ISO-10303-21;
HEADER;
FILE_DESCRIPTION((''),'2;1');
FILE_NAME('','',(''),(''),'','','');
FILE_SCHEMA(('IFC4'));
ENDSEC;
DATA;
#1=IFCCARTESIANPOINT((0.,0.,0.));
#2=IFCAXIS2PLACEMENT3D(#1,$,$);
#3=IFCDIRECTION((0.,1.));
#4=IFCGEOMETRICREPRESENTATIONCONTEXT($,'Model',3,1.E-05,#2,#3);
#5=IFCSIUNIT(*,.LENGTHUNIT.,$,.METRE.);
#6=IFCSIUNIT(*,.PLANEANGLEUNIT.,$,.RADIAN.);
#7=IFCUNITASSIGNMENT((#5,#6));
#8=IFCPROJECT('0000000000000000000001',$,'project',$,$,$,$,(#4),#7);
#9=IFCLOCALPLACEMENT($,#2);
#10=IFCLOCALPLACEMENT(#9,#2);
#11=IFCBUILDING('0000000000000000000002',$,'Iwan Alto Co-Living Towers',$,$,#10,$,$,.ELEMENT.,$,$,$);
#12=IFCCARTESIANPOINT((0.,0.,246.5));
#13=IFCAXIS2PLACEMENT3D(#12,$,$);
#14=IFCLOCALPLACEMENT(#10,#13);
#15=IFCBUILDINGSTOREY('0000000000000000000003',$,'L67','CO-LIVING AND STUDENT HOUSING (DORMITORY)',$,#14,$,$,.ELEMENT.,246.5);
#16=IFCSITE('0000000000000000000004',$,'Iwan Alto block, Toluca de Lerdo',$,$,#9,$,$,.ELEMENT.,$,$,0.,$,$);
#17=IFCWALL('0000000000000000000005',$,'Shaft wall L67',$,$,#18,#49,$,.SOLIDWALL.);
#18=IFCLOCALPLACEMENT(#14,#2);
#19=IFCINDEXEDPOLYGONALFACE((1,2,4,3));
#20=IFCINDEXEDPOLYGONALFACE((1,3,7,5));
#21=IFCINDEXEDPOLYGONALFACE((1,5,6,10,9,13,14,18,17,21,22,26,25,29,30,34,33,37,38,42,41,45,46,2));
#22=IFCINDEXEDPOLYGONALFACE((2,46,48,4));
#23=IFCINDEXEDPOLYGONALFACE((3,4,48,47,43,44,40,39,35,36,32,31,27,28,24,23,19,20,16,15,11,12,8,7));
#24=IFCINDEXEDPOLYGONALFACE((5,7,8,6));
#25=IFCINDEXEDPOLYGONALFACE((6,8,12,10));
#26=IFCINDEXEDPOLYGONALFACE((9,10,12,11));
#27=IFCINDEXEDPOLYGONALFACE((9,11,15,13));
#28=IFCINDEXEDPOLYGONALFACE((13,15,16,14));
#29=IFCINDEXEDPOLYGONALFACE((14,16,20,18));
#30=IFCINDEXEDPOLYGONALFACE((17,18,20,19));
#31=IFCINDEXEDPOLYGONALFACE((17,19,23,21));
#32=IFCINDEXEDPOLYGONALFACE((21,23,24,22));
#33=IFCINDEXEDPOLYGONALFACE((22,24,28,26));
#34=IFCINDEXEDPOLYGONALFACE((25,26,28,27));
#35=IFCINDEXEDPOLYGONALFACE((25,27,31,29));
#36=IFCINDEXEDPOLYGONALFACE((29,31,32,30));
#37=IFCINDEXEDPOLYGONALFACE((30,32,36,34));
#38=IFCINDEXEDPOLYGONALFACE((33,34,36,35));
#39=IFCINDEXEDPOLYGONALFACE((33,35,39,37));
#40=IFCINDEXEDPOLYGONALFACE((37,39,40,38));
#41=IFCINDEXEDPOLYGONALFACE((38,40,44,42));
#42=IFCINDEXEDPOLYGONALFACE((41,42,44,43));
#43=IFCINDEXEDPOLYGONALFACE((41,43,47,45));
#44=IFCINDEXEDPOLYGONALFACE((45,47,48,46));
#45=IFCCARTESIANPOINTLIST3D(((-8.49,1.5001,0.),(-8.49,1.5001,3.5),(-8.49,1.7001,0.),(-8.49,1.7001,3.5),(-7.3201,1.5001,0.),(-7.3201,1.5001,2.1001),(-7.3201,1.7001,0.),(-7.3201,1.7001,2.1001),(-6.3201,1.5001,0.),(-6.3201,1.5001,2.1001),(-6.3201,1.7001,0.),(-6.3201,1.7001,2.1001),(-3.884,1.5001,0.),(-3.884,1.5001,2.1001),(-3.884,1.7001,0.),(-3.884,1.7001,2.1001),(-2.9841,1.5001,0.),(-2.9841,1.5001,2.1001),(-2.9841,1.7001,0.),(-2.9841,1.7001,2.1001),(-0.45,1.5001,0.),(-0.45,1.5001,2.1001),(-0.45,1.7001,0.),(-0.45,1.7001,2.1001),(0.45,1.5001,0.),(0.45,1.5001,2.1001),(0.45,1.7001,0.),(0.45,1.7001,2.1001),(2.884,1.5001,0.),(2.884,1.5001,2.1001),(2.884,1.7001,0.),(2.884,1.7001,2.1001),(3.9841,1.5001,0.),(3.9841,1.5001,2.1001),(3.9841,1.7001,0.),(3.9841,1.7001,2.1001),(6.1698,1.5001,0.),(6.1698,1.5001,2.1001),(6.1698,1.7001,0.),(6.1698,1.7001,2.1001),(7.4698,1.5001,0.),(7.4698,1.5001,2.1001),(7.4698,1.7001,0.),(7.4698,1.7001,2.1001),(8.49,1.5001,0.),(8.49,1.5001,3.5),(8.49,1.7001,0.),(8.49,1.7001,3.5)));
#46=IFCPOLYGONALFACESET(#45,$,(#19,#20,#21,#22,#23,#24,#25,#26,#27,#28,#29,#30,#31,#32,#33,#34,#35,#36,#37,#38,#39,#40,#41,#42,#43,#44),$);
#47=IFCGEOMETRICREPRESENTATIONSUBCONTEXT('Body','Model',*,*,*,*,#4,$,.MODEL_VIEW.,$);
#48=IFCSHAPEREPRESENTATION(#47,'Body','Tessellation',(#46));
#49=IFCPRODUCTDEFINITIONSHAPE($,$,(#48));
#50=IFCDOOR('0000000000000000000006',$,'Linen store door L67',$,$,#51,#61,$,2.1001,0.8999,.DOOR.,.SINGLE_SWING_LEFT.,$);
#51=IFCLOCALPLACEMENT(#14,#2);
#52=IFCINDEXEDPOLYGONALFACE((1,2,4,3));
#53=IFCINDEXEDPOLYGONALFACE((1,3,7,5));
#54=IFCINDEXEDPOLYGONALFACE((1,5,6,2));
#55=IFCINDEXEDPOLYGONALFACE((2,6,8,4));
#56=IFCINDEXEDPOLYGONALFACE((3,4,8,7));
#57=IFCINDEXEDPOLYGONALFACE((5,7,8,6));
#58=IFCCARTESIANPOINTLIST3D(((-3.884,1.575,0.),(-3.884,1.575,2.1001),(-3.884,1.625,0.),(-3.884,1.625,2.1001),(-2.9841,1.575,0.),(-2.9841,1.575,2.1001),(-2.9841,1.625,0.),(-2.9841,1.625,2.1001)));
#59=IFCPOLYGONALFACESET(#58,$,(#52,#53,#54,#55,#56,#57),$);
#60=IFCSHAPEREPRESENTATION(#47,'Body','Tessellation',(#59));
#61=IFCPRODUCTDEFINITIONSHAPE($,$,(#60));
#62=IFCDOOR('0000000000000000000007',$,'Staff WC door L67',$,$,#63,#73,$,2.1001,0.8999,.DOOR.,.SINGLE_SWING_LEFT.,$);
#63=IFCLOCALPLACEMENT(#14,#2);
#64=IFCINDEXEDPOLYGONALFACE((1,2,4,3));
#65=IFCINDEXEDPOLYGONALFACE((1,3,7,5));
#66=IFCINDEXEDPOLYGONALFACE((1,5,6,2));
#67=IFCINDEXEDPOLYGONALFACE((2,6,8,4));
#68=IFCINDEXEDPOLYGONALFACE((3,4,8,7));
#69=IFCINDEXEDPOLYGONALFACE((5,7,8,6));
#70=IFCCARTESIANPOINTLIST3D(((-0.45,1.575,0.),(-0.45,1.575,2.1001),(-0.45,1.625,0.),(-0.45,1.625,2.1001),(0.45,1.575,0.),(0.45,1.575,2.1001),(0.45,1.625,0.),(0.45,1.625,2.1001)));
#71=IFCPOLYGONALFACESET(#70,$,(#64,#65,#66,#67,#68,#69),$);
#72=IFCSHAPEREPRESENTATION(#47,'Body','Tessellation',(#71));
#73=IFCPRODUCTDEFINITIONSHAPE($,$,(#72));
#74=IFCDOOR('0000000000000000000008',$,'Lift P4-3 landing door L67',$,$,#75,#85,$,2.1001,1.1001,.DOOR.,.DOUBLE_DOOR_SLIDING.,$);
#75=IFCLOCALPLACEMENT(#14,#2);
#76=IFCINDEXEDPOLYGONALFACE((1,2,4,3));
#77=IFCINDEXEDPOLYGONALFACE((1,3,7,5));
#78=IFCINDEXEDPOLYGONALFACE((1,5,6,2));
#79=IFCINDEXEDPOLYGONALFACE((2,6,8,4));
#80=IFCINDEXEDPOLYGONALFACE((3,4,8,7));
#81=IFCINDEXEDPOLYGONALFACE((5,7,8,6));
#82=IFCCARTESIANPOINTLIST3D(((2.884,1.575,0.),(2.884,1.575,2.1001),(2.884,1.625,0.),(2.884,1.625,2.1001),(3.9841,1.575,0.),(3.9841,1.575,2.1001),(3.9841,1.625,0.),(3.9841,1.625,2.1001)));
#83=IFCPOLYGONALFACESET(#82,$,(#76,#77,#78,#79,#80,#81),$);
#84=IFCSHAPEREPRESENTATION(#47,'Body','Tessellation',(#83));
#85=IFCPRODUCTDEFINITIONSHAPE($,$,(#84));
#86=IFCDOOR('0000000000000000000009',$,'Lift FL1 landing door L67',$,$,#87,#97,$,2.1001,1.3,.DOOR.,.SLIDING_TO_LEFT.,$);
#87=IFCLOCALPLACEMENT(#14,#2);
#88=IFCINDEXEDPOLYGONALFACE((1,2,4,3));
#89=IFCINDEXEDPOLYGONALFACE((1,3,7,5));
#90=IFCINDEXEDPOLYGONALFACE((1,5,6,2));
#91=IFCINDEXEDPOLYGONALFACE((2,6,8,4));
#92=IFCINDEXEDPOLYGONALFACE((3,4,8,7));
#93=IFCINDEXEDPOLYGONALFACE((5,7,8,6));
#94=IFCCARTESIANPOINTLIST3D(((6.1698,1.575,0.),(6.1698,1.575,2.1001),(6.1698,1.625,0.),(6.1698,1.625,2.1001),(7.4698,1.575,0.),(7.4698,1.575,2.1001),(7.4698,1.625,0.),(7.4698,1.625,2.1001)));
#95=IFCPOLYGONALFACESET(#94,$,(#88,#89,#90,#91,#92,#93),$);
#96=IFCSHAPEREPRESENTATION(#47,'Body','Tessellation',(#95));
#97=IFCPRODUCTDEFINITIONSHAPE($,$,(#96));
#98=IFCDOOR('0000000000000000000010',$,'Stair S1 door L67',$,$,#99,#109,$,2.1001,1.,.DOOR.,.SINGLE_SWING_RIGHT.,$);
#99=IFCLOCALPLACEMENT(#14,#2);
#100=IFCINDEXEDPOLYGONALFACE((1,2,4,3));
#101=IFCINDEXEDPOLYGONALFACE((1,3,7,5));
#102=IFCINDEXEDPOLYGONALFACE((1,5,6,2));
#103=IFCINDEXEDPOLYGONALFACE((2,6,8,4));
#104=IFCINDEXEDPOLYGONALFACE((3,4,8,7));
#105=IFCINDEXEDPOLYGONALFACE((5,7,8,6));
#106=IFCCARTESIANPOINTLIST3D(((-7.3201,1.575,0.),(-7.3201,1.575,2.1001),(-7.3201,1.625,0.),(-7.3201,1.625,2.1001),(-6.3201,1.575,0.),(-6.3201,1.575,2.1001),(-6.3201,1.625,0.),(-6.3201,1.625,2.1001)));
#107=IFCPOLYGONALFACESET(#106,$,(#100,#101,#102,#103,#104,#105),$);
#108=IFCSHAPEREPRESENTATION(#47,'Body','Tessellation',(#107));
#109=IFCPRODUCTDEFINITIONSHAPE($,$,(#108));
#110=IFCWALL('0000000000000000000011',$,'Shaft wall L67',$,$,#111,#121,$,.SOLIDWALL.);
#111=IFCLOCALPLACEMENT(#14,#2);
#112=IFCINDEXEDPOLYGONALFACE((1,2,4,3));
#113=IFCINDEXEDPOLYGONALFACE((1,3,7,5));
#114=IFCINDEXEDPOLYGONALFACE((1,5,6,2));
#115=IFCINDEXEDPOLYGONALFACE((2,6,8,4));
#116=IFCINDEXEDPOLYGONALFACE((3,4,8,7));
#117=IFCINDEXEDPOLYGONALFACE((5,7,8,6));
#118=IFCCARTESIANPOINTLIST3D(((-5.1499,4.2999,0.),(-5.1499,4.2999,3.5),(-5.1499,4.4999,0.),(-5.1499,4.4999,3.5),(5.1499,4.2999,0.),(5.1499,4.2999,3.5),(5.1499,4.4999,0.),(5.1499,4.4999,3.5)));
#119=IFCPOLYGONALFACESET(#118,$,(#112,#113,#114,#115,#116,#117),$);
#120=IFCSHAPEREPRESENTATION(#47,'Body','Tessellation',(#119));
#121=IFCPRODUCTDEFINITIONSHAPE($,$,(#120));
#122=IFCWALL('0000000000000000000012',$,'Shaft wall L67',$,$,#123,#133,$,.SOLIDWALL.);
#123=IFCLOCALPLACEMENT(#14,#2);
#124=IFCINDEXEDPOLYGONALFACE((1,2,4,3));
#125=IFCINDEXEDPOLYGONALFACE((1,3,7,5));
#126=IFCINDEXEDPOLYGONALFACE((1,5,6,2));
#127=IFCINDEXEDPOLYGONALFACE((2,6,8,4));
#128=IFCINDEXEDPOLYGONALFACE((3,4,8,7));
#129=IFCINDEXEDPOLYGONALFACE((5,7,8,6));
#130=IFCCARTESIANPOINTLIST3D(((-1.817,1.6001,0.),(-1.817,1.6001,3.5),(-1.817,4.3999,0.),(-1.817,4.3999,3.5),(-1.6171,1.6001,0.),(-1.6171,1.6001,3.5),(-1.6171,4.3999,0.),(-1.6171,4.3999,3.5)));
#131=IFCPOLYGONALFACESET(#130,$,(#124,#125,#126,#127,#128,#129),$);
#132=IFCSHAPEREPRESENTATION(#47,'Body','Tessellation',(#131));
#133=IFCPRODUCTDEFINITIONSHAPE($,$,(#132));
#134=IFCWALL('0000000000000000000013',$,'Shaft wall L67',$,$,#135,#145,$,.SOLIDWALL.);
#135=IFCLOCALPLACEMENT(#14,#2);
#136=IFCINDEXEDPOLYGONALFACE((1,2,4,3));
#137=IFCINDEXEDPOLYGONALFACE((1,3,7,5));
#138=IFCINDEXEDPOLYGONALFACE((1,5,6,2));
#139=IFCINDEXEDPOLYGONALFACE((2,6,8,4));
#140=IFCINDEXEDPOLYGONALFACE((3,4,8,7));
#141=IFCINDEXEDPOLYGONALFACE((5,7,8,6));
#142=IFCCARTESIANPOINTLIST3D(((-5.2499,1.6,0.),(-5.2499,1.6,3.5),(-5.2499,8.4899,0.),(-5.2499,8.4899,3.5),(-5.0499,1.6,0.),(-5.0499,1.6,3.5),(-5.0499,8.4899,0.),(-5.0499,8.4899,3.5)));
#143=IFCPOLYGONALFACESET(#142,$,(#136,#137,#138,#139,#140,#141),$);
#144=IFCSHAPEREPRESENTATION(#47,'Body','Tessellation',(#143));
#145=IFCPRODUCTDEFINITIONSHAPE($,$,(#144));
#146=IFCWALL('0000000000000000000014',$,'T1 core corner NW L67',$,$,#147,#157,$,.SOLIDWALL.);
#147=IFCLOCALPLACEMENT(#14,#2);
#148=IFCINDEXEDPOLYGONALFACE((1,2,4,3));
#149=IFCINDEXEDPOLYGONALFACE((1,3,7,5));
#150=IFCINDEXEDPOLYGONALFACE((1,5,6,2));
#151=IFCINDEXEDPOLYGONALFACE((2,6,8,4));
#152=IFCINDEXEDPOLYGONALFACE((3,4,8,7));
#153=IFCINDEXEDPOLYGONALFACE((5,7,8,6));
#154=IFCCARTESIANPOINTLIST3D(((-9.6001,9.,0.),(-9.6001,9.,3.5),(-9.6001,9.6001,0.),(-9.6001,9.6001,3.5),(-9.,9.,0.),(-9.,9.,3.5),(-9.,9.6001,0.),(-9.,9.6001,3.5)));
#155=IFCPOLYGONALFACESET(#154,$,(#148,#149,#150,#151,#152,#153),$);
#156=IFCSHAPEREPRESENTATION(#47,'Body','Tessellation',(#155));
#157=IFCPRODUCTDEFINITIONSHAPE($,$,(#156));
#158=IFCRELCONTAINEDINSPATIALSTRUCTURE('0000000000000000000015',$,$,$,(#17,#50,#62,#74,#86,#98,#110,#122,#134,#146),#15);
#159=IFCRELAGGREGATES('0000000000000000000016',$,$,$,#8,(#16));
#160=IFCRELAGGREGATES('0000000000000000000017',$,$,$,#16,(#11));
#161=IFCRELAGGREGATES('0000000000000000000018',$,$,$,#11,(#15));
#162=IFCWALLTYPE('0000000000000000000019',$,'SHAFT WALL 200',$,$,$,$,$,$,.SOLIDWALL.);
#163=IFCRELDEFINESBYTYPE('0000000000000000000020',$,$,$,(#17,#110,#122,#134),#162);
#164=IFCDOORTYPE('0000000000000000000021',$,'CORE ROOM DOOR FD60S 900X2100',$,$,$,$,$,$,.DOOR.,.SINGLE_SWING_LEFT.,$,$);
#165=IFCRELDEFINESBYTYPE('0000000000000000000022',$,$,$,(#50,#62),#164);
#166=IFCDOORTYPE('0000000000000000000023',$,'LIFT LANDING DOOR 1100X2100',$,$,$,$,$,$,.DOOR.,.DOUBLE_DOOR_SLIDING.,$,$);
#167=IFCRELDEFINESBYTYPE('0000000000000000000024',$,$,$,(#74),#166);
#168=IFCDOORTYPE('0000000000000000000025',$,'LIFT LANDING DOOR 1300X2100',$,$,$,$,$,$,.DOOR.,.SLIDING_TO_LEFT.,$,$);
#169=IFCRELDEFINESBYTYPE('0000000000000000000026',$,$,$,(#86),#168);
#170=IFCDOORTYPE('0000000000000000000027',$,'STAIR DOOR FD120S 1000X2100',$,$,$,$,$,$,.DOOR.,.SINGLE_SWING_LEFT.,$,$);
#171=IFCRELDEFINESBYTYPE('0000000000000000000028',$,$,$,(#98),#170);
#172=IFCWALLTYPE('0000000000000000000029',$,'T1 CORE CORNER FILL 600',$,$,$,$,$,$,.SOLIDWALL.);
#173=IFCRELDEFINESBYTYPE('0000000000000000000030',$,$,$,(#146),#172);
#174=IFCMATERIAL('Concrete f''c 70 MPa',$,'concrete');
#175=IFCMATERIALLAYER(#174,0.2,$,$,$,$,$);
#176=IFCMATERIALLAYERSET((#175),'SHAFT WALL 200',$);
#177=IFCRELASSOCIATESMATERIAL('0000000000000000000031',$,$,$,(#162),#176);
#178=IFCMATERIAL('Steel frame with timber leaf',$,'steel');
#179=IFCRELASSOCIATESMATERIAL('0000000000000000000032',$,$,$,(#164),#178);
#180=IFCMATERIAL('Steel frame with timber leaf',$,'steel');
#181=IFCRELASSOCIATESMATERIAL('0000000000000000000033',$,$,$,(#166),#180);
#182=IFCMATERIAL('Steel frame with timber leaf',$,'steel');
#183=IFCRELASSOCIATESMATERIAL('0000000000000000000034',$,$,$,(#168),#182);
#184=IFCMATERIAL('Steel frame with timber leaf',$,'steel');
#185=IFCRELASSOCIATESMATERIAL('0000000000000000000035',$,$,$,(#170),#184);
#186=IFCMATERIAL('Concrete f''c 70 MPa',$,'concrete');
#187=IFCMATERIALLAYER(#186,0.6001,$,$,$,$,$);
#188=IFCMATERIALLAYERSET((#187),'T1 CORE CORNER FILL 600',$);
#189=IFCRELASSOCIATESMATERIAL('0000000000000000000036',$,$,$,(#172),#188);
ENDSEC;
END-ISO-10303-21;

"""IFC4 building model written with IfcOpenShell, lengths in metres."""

from ifc_helpers import new_model, si_unit, direction, frame, frame_2d, origin, place, context, subcontext, project, spatial, rectangle, extrude, material, layer, layer_set, type_object, element, fill, save


model = new_model("IFC4")

# Units and contexts
model_context = context("Model", 3, precision=1e-05, world=origin(), true_north=direction((0.0, 1.0)))
body_context = subcontext(model_context, "Body", "Model", "MODEL_VIEW")
ifc_project = project(units=[si_unit("LENGTHUNIT", "METRE"), si_unit("PLANEANGLEUNIT", "RADIAN")], contexts=[model_context])

# Site, building, storey
site_placement = place(None, origin())
site = spatial("IfcSite", under=ifc_project, at=site_placement, Name="Iwan Alto block, Toluca de Lerdo", CompositionType="ELEMENT", RefElevation=0.0)
building_placement = place(site_placement, origin())
building = spatial("IfcBuilding", under=site, at=building_placement, Name="Iwan Alto Co-Living Towers", CompositionType="ELEMENT")
storey_placement = place(building_placement, frame((0.0, 0.0, 246.5)))
storey = spatial("IfcBuildingStorey", under=building, at=storey_placement, Name="L67", Description="CO-LIVING AND STUDENT HOUSING (DORMITORY)", CompositionType="ELEMENT", Elevation=246.5)

# Wall, openings, doors
ifc_material_1 = material(Name="Concrete f'c 70 MPa", Category="concrete")
ifc_layer_1 = layer(ifc_material_1, 0.2)
ifc_layer_set_1 = layer_set([ifc_layer_1], Name="SHAFT WALL 200")
wall_type_1 = type_object("IfcWallType", Name="SHAFT WALL 200", PredefinedType="SOLIDWALL", material=ifc_layer_set_1)
wall_1_placement = place(storey_placement, frame((-8.49, 1.6001, 0.0), z_axis=(0.0, 0.0, 1.0), x_axis=(1.0, 0.0, 0.0)))
wall_1 = element("IfcWall", 1, at=wall_1_placement, inside=storey, type_object=wall_type_1, Name="Shaft wall L67", PredefinedType="SOLIDWALL", context=body_context, shape_type="SweptSolid", body=[
    extrude(rectangle(XDim=16.98, YDim=0.2, at=frame_2d((8.49, 0.0))), origin(), (0.0, 0.0, 1.0), 3.5),
])
opening_1_placement = place(wall_1_placement, frame((1.1699, 0.0, 0.0)))
opening_1 = element("IfcOpeningElement", 2, at=opening_1_placement, cuts=wall_1, PredefinedType="OPENING", context=body_context, shape_type="SweptSolid", body=[
    extrude(rectangle(XDim=1.0, YDim=2.1001, at=frame_2d((0.5, 1.05))), frame((0.0, 0.1099, 0.0), z_axis=(0.0, -1.0, 0.0), x_axis=(1.0, 0.0, 0.0)), (0.0, 0.0, 1.0), 0.22),
])
opening_2_placement = place(wall_1_placement, frame((4.606, 0.0, 0.0)))
opening_2 = element("IfcOpeningElement", 3, at=opening_2_placement, cuts=wall_1, PredefinedType="OPENING", context=body_context, shape_type="SweptSolid", body=[
    extrude(rectangle(XDim=0.8999, YDim=2.1001, at=frame_2d((0.45, 1.05))), frame((0.0, 0.1099, 0.0), z_axis=(0.0, -1.0, 0.0), x_axis=(1.0, 0.0, 0.0)), (0.0, 0.0, 1.0), 0.22),
])
opening_3_placement = place(wall_1_placement, frame((8.04, 0.0, 0.0)))
opening_3 = element("IfcOpeningElement", 4, at=opening_3_placement, cuts=wall_1, PredefinedType="OPENING", context=body_context, shape_type="SweptSolid", body=[
    extrude(rectangle(XDim=0.8999, YDim=2.1001, at=frame_2d((0.45, 1.05))), frame((0.0, 0.1099, 0.0), z_axis=(0.0, -1.0, 0.0), x_axis=(1.0, 0.0, 0.0)), (0.0, 0.0, 1.0), 0.22),
])
opening_4_placement = place(wall_1_placement, frame((11.374, 0.0, 0.0)))
opening_4 = element("IfcOpeningElement", 5, at=opening_4_placement, cuts=wall_1, PredefinedType="OPENING", context=body_context, shape_type="SweptSolid", body=[
    extrude(rectangle(XDim=1.1001, YDim=2.1001, at=frame_2d((0.55, 1.05))), frame((0.0, 0.1099, 0.0), z_axis=(0.0, -1.0, 0.0), x_axis=(1.0, 0.0, 0.0)), (0.0, 0.0, 1.0), 0.22),
])
opening_5_placement = place(wall_1_placement, frame((14.6599, 0.0, 0.0)))
opening_5 = element("IfcOpeningElement", 6, at=opening_5_placement, cuts=wall_1, PredefinedType="OPENING", context=body_context, shape_type="SweptSolid", body=[
    extrude(rectangle(XDim=1.3, YDim=2.1001, at=frame_2d((0.6499, 1.05))), frame((0.0, 0.1099, 0.0), z_axis=(0.0, -1.0, 0.0), x_axis=(1.0, 0.0, 0.0)), (0.0, 0.0, 1.0), 0.22),
])
ifc_material_2 = material(Name="Steel frame with timber leaf", Category="steel")
door_type_1 = type_object("IfcDoorType", Name="CORE ROOM DOOR FD60S 900X2100", OperationType="SINGLE_SWING_LEFT", PredefinedType="DOOR", material=ifc_material_2)
door_1_placement = place(opening_2_placement, origin())
door_1 = element("IfcDoor", 7, at=door_1_placement, inside=storey, type_object=door_type_1, Name="Linen store door L67", OperationType="SINGLE_SWING_LEFT", OverallHeight=2.1001, OverallWidth=0.8999, PredefinedType="DOOR", context=body_context, shape_type="SweptSolid", body=[
    extrude(rectangle(XDim=0.8999, YDim=2.1001, at=frame_2d((0.45, 1.05))), frame((0.0, 0.0249, 0.0), z_axis=(0.0, -1.0, 0.0), x_axis=(1.0, 0.0, 0.0)), (0.0, 0.0, 1.0), 0.05),
])
fill(opening_2, door_1)
door_2_placement = place(opening_3_placement, origin())
door_2 = element("IfcDoor", 8, at=door_2_placement, inside=storey, type_object=door_type_1, Name="Staff WC door L67", OperationType="SINGLE_SWING_LEFT", OverallHeight=2.1001, OverallWidth=0.8999, PredefinedType="DOOR", context=body_context, shape_type="SweptSolid", body=[
    extrude(rectangle(XDim=0.8999, YDim=2.1001, at=frame_2d((0.45, 1.05))), frame((0.0, 0.0249, 0.0), z_axis=(0.0, -1.0, 0.0), x_axis=(1.0, 0.0, 0.0)), (0.0, 0.0, 1.0), 0.05),
])
fill(opening_3, door_2)
ifc_material_3 = material(Name="Steel frame with timber leaf", Category="steel")
door_type_2 = type_object("IfcDoorType", Name="LIFT LANDING DOOR 1100X2100", OperationType="DOUBLE_DOOR_SLIDING", PredefinedType="DOOR", material=ifc_material_3)
door_3_placement = place(opening_4_placement, origin())
door_3 = element("IfcDoor", 9, at=door_3_placement, inside=storey, type_object=door_type_2, Name="Lift P4-3 landing door L67", OperationType="DOUBLE_DOOR_SLIDING", OverallHeight=2.1001, OverallWidth=1.1001, PredefinedType="DOOR", context=body_context, shape_type="SweptSolid", body=[
    extrude(rectangle(XDim=1.1001, YDim=2.1001, at=frame_2d((0.55, 1.05))), frame((0.0, 0.0249, 0.0), z_axis=(0.0, -1.0, 0.0), x_axis=(1.0, 0.0, 0.0)), (0.0, 0.0, 1.0), 0.05),
])
fill(opening_4, door_3)
ifc_material_4 = material(Name="Steel frame with timber leaf", Category="steel")
door_type_3 = type_object("IfcDoorType", Name="LIFT LANDING DOOR 1300X2100", OperationType="SLIDING_TO_LEFT", PredefinedType="DOOR", material=ifc_material_4)
door_4_placement = place(opening_5_placement, origin())
door_4 = element("IfcDoor", 10, at=door_4_placement, inside=storey, type_object=door_type_3, Name="Lift FL1 landing door L67", OperationType="SLIDING_TO_LEFT", OverallHeight=2.1001, OverallWidth=1.3, PredefinedType="DOOR", context=body_context, shape_type="SweptSolid", body=[
    extrude(rectangle(XDim=1.3, YDim=2.1001, at=frame_2d((0.6499, 1.05))), frame((0.0, 0.0249, 0.0), z_axis=(0.0, -1.0, 0.0), x_axis=(1.0, 0.0, 0.0)), (0.0, 0.0, 1.0), 0.05),
])
fill(opening_5, door_4)
ifc_material_5 = material(Name="Steel frame with timber leaf", Category="steel")
door_type_4 = type_object("IfcDoorType", Name="STAIR DOOR FD120S 1000X2100", OperationType="SINGLE_SWING_LEFT", PredefinedType="DOOR", material=ifc_material_5)
door_5_placement = place(opening_1_placement, origin())
door_5 = element("IfcDoor", 11, at=door_5_placement, inside=storey, type_object=door_type_4, Name="Stair S1 door L67", OperationType="SINGLE_SWING_RIGHT", OverallHeight=2.1001, OverallWidth=1.0, PredefinedType="DOOR", context=body_context, shape_type="SweptSolid", body=[
    extrude(rectangle(XDim=1.0, YDim=2.1001, at=frame_2d((0.5, 1.05))), frame((0.0, 0.0249, 0.0), z_axis=(0.0, -1.0, 0.0), x_axis=(1.0, 0.0, 0.0)), (0.0, 0.0, 1.0), 0.05),
])
fill(opening_1, door_5)

# Walls
wall_2_placement = place(storey_placement, frame((-5.1499, 4.3999, 0.0), z_axis=(0.0, 0.0, 1.0), x_axis=(1.0, 0.0, 0.0)))
element("IfcWall", 12, at=wall_2_placement, inside=storey, type_object=wall_type_1, Name="Shaft wall L67", PredefinedType="SOLIDWALL", context=body_context, shape_type="SweptSolid", body=[
    extrude(rectangle(XDim=10.2998, YDim=0.2, at=frame_2d((5.1499, 0.0))), origin(), (0.0, 0.0, 1.0), 3.5),
])
wall_3_placement = place(storey_placement, frame((-1.717, 1.6001, 0.0), z_axis=(0.0, 0.0, 1.0), x_axis=(0.0, 1.0, 0.0)))
element("IfcWall", 13, at=wall_3_placement, inside=storey, type_object=wall_type_1, Name="Shaft wall L67", PredefinedType="SOLIDWALL", context=body_context, shape_type="SweptSolid", body=[
    extrude(rectangle(XDim=2.7998, YDim=0.2, at=frame_2d((1.3999, 0.0))), origin(), (0.0, 0.0, 1.0), 3.5),
])
wall_4_placement = place(storey_placement, frame((-5.1499, 1.6001, 0.0), z_axis=(0.0, 0.0, 1.0), x_axis=(0.0, 1.0, 0.0)))
element("IfcWall", 14, at=wall_4_placement, inside=storey, type_object=wall_type_1, Name="Shaft wall L67", PredefinedType="SOLIDWALL", context=body_context, shape_type="SweptSolid", body=[
    extrude(rectangle(XDim=6.8899, YDim=0.2, at=frame_2d((3.4448, 0.0))), origin(), (0.0, 0.0, 1.0), 3.5),
])
ifc_material_6 = material(Name="Concrete f'c 70 MPa", Category="concrete")
ifc_layer_2 = layer(ifc_material_6, 0.6001)
ifc_layer_set_2 = layer_set([ifc_layer_2], Name="T1 CORE CORNER FILL 600")
wall_type_2 = type_object("IfcWallType", Name="T1 CORE CORNER FILL 600", PredefinedType="SOLIDWALL", material=ifc_layer_set_2)
wall_5_placement = place(storey_placement, frame((-9.6001, 9.3, 0.0), z_axis=(0.0, 0.0, 1.0), x_axis=(1.0, 0.0, 0.0)))
element("IfcWall", 15, at=wall_5_placement, inside=storey, type_object=wall_type_2, Name="T1 core corner NW L67", PredefinedType="SOLIDWALL", context=body_context, shape_type="SweptSolid", body=[
    extrude(rectangle(XDim=0.6001, YDim=0.6001, at=frame_2d((0.3, 0.0))), origin(), (0.0, 0.0, 1.0), 3.5),
])

save(model, "model.ifc")
